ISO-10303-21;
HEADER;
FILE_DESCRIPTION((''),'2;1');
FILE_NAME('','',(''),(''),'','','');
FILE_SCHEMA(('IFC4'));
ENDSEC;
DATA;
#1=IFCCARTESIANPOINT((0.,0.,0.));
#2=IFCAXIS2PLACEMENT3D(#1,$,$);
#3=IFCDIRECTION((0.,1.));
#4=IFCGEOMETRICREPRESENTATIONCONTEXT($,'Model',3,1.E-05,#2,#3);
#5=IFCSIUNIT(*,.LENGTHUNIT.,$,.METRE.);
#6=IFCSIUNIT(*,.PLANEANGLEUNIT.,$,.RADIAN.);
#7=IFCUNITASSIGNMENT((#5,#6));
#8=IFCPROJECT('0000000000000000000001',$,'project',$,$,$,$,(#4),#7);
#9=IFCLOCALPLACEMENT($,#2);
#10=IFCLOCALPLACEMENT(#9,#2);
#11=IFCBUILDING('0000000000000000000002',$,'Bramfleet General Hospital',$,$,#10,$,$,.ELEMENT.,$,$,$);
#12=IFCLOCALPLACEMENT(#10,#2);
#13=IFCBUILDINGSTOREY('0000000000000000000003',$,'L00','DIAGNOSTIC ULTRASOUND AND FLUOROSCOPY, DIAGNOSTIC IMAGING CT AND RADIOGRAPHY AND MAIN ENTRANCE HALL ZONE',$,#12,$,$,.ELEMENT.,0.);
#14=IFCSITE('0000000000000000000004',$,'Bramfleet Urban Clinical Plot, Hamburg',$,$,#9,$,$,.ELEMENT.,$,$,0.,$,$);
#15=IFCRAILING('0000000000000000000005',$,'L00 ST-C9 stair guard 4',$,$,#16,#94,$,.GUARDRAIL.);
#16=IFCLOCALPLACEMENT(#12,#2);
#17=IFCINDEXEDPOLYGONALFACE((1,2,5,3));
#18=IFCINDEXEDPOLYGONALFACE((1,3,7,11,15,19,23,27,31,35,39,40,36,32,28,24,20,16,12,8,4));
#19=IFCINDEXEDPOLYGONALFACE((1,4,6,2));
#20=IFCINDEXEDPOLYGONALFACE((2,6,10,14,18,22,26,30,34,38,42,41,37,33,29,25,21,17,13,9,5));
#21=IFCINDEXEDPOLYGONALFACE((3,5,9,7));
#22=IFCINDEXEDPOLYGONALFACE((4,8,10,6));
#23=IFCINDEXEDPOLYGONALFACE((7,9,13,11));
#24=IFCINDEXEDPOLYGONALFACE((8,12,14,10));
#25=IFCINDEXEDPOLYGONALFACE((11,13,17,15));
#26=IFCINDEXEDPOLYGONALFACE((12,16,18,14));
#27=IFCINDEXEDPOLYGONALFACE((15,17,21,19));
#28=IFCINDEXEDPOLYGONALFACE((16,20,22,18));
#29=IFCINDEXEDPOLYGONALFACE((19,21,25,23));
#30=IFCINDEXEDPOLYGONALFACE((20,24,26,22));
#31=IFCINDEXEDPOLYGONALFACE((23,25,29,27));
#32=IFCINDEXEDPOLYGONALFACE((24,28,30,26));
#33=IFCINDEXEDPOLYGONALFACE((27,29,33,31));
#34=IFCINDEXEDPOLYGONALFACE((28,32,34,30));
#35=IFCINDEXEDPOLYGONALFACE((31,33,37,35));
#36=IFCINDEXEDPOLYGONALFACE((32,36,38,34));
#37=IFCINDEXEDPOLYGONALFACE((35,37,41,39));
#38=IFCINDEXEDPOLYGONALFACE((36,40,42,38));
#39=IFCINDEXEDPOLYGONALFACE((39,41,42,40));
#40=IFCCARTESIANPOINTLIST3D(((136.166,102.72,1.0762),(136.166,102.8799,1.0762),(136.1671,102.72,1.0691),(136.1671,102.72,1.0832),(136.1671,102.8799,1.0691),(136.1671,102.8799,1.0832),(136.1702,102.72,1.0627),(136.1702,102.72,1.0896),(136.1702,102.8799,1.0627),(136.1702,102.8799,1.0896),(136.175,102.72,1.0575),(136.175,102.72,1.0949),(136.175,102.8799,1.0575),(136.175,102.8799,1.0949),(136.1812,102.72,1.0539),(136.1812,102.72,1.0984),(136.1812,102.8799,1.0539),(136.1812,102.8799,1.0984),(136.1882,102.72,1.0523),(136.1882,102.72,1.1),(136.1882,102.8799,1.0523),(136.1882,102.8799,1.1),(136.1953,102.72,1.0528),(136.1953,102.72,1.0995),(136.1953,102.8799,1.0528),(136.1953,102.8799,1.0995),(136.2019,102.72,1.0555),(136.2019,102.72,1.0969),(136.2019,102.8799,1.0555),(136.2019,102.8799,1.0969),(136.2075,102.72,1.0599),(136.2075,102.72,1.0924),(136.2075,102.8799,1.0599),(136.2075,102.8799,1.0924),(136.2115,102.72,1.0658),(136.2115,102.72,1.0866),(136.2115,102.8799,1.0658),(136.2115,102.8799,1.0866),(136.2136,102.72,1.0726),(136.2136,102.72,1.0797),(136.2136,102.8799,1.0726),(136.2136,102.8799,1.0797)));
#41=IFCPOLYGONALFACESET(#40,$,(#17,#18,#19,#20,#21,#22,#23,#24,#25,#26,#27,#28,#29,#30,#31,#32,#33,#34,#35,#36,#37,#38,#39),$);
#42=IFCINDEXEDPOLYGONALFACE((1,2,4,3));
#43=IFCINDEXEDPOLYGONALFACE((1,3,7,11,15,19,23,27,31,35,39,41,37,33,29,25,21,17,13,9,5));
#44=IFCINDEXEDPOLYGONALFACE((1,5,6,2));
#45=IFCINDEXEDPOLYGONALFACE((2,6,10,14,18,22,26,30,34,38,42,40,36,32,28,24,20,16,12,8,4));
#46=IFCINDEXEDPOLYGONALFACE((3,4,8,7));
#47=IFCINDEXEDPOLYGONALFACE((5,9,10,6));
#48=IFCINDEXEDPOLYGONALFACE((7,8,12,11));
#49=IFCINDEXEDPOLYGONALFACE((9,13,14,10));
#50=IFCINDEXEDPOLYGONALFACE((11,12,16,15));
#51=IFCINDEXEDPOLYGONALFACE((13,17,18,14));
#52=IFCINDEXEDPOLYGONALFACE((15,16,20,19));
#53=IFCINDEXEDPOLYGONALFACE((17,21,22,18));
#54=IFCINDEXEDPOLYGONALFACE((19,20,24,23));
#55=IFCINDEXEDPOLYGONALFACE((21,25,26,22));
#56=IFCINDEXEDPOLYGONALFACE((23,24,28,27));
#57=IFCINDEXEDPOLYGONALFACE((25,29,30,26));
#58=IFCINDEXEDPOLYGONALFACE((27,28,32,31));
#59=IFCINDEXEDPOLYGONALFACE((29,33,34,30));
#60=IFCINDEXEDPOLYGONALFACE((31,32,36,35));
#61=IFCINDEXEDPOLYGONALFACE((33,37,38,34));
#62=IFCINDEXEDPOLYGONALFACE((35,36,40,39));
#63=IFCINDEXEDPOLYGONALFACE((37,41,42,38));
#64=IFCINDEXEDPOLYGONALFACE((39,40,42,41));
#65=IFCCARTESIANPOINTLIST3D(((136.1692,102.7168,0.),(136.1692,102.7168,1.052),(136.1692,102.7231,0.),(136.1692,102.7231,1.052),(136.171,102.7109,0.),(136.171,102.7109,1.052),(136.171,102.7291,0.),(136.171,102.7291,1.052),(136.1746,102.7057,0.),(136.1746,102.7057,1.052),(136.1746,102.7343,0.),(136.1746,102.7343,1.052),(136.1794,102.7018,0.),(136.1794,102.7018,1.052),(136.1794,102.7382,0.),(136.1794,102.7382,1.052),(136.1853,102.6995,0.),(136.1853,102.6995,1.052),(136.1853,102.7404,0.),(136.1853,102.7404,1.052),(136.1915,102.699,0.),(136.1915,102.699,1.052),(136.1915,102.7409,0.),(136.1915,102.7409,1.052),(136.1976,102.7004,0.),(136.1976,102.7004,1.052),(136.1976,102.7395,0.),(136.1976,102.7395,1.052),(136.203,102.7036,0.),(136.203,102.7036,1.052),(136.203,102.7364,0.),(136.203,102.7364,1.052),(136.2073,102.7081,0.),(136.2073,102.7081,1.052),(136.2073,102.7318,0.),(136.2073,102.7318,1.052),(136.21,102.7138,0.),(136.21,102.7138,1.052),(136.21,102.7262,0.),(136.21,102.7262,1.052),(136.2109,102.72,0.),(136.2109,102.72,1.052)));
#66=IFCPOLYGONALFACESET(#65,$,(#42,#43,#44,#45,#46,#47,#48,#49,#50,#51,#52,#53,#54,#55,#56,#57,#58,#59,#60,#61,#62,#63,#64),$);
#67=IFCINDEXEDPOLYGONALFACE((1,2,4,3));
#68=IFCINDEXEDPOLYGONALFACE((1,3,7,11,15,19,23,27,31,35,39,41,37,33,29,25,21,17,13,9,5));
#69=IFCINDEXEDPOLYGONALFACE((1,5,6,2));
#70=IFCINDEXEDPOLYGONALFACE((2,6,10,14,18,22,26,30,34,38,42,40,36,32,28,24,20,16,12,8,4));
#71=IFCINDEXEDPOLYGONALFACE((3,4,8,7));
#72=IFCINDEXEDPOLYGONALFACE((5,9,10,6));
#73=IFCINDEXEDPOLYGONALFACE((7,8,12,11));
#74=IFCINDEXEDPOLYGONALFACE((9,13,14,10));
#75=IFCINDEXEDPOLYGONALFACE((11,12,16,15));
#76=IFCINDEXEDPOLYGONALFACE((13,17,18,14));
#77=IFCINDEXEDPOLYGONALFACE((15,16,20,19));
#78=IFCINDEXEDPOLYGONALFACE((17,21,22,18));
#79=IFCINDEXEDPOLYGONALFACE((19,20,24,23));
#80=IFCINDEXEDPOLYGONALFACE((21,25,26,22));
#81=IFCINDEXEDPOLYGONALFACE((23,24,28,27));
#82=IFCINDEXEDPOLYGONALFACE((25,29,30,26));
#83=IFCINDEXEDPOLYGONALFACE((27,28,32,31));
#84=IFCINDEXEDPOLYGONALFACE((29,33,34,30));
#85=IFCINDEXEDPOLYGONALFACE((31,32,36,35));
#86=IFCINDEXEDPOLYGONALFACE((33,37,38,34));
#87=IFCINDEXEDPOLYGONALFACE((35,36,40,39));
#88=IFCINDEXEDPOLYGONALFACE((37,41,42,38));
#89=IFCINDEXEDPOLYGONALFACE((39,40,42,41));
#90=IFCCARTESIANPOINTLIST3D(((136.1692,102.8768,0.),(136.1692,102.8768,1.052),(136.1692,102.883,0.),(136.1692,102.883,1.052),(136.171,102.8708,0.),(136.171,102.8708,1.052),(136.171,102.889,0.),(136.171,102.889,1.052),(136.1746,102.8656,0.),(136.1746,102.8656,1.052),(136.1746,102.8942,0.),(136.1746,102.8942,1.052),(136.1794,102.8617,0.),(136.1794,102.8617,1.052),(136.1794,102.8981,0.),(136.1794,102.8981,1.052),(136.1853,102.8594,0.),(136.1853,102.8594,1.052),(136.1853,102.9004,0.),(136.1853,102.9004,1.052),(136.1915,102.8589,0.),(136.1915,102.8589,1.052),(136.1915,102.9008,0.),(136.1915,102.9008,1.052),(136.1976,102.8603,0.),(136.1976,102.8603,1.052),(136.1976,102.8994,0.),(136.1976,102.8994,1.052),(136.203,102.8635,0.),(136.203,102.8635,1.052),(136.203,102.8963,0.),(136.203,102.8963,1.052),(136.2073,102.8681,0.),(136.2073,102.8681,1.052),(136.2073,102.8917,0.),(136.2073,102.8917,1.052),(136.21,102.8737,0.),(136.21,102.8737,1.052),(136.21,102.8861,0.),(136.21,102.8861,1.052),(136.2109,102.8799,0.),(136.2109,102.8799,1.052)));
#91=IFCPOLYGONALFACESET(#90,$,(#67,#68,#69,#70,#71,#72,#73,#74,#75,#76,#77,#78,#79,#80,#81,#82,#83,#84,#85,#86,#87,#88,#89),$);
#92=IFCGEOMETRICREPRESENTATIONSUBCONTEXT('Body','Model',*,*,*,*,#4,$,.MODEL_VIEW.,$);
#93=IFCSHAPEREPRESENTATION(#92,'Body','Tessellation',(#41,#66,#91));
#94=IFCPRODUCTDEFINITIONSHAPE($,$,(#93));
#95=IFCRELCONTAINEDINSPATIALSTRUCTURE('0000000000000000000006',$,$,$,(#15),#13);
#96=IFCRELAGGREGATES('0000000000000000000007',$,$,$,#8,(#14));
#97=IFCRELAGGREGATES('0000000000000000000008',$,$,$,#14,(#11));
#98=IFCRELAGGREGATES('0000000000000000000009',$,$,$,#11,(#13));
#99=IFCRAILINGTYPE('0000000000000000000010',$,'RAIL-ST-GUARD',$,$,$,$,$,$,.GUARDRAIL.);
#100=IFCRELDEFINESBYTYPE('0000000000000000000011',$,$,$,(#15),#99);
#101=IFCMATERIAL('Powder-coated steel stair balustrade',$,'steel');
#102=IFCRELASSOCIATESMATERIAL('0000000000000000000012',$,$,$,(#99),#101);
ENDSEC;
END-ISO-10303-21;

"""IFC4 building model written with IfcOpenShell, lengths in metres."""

from ifc_helpers import new_model, si_unit, direction, frame, origin, origin_2d, place, context, subcontext, project, spatial, circle, extrude, material, type_object, element, save


model = new_model("IFC4")

# Units and contexts
model_context = context("Model", 3, precision=1e-05, world=origin(), true_north=direction((0.0, 1.0)))
body_context = subcontext(model_context, "Body", "Model", "MODEL_VIEW")
ifc_project = project(units=[si_unit("LENGTHUNIT", "METRE"), si_unit("PLANEANGLEUNIT", "RADIAN")], contexts=[model_context])

# Site, building, storey
site_placement = place(None, origin())
site = spatial("IfcSite", under=ifc_project, at=site_placement, Name="Bramfleet Urban Clinical Plot, Hamburg", CompositionType="ELEMENT", RefElevation=0.0)
building_placement = place(site_placement, origin())
building = spatial("IfcBuilding", under=site, at=building_placement, Name="Bramfleet General Hospital", CompositionType="ELEMENT")
storey_placement = place(building_placement, origin())
storey = spatial("IfcBuildingStorey", under=building, at=storey_placement, Name="L00", Description="DIAGNOSTIC ULTRASOUND AND FLUOROSCOPY, DIAGNOSTIC IMAGING CT AND RADIOGRAPHY AND MAIN ENTRANCE HALL ZONE", CompositionType="ELEMENT", Elevation=0.0)

# Railing
ifc_material_1 = material(Name="Powder-coated steel stair balustrade", Category="steel")
railing_type_1 = type_object("IfcRailingType", Name="RAIL-ST-GUARD", PredefinedType="GUARDRAIL", material=ifc_material_1)
railing_1_placement = place(storey_placement, frame((136.1899, 102.72, 0.0)))
element("IfcRailing", 1, at=railing_1_placement, inside=storey, type_object=railing_type_1, Name="L00 ST-C9 stair guard 4", PredefinedType="GUARDRAIL", context=body_context, shape_type="SweptSolid", body=[
    extrude(circle(Radius=0.0239, at=origin_2d()), frame((0.0, 0.0, 1.0762), z_axis=(0.0, 1.0, 0.0), x_axis=(-1.0, 0.0, 0.0)), (0.0, 0.0, 1.0), 0.1599),
    extrude(circle(Radius=0.021, at=origin_2d()), origin(), (0.0, 0.0, 1.0), 1.052),
    extrude(circle(Radius=0.021, at=origin_2d()), frame((0.0, 0.1599, 0.0)), (0.0, 0.0, 1.0), 1.052),
])

save(model, "model.ifc")
